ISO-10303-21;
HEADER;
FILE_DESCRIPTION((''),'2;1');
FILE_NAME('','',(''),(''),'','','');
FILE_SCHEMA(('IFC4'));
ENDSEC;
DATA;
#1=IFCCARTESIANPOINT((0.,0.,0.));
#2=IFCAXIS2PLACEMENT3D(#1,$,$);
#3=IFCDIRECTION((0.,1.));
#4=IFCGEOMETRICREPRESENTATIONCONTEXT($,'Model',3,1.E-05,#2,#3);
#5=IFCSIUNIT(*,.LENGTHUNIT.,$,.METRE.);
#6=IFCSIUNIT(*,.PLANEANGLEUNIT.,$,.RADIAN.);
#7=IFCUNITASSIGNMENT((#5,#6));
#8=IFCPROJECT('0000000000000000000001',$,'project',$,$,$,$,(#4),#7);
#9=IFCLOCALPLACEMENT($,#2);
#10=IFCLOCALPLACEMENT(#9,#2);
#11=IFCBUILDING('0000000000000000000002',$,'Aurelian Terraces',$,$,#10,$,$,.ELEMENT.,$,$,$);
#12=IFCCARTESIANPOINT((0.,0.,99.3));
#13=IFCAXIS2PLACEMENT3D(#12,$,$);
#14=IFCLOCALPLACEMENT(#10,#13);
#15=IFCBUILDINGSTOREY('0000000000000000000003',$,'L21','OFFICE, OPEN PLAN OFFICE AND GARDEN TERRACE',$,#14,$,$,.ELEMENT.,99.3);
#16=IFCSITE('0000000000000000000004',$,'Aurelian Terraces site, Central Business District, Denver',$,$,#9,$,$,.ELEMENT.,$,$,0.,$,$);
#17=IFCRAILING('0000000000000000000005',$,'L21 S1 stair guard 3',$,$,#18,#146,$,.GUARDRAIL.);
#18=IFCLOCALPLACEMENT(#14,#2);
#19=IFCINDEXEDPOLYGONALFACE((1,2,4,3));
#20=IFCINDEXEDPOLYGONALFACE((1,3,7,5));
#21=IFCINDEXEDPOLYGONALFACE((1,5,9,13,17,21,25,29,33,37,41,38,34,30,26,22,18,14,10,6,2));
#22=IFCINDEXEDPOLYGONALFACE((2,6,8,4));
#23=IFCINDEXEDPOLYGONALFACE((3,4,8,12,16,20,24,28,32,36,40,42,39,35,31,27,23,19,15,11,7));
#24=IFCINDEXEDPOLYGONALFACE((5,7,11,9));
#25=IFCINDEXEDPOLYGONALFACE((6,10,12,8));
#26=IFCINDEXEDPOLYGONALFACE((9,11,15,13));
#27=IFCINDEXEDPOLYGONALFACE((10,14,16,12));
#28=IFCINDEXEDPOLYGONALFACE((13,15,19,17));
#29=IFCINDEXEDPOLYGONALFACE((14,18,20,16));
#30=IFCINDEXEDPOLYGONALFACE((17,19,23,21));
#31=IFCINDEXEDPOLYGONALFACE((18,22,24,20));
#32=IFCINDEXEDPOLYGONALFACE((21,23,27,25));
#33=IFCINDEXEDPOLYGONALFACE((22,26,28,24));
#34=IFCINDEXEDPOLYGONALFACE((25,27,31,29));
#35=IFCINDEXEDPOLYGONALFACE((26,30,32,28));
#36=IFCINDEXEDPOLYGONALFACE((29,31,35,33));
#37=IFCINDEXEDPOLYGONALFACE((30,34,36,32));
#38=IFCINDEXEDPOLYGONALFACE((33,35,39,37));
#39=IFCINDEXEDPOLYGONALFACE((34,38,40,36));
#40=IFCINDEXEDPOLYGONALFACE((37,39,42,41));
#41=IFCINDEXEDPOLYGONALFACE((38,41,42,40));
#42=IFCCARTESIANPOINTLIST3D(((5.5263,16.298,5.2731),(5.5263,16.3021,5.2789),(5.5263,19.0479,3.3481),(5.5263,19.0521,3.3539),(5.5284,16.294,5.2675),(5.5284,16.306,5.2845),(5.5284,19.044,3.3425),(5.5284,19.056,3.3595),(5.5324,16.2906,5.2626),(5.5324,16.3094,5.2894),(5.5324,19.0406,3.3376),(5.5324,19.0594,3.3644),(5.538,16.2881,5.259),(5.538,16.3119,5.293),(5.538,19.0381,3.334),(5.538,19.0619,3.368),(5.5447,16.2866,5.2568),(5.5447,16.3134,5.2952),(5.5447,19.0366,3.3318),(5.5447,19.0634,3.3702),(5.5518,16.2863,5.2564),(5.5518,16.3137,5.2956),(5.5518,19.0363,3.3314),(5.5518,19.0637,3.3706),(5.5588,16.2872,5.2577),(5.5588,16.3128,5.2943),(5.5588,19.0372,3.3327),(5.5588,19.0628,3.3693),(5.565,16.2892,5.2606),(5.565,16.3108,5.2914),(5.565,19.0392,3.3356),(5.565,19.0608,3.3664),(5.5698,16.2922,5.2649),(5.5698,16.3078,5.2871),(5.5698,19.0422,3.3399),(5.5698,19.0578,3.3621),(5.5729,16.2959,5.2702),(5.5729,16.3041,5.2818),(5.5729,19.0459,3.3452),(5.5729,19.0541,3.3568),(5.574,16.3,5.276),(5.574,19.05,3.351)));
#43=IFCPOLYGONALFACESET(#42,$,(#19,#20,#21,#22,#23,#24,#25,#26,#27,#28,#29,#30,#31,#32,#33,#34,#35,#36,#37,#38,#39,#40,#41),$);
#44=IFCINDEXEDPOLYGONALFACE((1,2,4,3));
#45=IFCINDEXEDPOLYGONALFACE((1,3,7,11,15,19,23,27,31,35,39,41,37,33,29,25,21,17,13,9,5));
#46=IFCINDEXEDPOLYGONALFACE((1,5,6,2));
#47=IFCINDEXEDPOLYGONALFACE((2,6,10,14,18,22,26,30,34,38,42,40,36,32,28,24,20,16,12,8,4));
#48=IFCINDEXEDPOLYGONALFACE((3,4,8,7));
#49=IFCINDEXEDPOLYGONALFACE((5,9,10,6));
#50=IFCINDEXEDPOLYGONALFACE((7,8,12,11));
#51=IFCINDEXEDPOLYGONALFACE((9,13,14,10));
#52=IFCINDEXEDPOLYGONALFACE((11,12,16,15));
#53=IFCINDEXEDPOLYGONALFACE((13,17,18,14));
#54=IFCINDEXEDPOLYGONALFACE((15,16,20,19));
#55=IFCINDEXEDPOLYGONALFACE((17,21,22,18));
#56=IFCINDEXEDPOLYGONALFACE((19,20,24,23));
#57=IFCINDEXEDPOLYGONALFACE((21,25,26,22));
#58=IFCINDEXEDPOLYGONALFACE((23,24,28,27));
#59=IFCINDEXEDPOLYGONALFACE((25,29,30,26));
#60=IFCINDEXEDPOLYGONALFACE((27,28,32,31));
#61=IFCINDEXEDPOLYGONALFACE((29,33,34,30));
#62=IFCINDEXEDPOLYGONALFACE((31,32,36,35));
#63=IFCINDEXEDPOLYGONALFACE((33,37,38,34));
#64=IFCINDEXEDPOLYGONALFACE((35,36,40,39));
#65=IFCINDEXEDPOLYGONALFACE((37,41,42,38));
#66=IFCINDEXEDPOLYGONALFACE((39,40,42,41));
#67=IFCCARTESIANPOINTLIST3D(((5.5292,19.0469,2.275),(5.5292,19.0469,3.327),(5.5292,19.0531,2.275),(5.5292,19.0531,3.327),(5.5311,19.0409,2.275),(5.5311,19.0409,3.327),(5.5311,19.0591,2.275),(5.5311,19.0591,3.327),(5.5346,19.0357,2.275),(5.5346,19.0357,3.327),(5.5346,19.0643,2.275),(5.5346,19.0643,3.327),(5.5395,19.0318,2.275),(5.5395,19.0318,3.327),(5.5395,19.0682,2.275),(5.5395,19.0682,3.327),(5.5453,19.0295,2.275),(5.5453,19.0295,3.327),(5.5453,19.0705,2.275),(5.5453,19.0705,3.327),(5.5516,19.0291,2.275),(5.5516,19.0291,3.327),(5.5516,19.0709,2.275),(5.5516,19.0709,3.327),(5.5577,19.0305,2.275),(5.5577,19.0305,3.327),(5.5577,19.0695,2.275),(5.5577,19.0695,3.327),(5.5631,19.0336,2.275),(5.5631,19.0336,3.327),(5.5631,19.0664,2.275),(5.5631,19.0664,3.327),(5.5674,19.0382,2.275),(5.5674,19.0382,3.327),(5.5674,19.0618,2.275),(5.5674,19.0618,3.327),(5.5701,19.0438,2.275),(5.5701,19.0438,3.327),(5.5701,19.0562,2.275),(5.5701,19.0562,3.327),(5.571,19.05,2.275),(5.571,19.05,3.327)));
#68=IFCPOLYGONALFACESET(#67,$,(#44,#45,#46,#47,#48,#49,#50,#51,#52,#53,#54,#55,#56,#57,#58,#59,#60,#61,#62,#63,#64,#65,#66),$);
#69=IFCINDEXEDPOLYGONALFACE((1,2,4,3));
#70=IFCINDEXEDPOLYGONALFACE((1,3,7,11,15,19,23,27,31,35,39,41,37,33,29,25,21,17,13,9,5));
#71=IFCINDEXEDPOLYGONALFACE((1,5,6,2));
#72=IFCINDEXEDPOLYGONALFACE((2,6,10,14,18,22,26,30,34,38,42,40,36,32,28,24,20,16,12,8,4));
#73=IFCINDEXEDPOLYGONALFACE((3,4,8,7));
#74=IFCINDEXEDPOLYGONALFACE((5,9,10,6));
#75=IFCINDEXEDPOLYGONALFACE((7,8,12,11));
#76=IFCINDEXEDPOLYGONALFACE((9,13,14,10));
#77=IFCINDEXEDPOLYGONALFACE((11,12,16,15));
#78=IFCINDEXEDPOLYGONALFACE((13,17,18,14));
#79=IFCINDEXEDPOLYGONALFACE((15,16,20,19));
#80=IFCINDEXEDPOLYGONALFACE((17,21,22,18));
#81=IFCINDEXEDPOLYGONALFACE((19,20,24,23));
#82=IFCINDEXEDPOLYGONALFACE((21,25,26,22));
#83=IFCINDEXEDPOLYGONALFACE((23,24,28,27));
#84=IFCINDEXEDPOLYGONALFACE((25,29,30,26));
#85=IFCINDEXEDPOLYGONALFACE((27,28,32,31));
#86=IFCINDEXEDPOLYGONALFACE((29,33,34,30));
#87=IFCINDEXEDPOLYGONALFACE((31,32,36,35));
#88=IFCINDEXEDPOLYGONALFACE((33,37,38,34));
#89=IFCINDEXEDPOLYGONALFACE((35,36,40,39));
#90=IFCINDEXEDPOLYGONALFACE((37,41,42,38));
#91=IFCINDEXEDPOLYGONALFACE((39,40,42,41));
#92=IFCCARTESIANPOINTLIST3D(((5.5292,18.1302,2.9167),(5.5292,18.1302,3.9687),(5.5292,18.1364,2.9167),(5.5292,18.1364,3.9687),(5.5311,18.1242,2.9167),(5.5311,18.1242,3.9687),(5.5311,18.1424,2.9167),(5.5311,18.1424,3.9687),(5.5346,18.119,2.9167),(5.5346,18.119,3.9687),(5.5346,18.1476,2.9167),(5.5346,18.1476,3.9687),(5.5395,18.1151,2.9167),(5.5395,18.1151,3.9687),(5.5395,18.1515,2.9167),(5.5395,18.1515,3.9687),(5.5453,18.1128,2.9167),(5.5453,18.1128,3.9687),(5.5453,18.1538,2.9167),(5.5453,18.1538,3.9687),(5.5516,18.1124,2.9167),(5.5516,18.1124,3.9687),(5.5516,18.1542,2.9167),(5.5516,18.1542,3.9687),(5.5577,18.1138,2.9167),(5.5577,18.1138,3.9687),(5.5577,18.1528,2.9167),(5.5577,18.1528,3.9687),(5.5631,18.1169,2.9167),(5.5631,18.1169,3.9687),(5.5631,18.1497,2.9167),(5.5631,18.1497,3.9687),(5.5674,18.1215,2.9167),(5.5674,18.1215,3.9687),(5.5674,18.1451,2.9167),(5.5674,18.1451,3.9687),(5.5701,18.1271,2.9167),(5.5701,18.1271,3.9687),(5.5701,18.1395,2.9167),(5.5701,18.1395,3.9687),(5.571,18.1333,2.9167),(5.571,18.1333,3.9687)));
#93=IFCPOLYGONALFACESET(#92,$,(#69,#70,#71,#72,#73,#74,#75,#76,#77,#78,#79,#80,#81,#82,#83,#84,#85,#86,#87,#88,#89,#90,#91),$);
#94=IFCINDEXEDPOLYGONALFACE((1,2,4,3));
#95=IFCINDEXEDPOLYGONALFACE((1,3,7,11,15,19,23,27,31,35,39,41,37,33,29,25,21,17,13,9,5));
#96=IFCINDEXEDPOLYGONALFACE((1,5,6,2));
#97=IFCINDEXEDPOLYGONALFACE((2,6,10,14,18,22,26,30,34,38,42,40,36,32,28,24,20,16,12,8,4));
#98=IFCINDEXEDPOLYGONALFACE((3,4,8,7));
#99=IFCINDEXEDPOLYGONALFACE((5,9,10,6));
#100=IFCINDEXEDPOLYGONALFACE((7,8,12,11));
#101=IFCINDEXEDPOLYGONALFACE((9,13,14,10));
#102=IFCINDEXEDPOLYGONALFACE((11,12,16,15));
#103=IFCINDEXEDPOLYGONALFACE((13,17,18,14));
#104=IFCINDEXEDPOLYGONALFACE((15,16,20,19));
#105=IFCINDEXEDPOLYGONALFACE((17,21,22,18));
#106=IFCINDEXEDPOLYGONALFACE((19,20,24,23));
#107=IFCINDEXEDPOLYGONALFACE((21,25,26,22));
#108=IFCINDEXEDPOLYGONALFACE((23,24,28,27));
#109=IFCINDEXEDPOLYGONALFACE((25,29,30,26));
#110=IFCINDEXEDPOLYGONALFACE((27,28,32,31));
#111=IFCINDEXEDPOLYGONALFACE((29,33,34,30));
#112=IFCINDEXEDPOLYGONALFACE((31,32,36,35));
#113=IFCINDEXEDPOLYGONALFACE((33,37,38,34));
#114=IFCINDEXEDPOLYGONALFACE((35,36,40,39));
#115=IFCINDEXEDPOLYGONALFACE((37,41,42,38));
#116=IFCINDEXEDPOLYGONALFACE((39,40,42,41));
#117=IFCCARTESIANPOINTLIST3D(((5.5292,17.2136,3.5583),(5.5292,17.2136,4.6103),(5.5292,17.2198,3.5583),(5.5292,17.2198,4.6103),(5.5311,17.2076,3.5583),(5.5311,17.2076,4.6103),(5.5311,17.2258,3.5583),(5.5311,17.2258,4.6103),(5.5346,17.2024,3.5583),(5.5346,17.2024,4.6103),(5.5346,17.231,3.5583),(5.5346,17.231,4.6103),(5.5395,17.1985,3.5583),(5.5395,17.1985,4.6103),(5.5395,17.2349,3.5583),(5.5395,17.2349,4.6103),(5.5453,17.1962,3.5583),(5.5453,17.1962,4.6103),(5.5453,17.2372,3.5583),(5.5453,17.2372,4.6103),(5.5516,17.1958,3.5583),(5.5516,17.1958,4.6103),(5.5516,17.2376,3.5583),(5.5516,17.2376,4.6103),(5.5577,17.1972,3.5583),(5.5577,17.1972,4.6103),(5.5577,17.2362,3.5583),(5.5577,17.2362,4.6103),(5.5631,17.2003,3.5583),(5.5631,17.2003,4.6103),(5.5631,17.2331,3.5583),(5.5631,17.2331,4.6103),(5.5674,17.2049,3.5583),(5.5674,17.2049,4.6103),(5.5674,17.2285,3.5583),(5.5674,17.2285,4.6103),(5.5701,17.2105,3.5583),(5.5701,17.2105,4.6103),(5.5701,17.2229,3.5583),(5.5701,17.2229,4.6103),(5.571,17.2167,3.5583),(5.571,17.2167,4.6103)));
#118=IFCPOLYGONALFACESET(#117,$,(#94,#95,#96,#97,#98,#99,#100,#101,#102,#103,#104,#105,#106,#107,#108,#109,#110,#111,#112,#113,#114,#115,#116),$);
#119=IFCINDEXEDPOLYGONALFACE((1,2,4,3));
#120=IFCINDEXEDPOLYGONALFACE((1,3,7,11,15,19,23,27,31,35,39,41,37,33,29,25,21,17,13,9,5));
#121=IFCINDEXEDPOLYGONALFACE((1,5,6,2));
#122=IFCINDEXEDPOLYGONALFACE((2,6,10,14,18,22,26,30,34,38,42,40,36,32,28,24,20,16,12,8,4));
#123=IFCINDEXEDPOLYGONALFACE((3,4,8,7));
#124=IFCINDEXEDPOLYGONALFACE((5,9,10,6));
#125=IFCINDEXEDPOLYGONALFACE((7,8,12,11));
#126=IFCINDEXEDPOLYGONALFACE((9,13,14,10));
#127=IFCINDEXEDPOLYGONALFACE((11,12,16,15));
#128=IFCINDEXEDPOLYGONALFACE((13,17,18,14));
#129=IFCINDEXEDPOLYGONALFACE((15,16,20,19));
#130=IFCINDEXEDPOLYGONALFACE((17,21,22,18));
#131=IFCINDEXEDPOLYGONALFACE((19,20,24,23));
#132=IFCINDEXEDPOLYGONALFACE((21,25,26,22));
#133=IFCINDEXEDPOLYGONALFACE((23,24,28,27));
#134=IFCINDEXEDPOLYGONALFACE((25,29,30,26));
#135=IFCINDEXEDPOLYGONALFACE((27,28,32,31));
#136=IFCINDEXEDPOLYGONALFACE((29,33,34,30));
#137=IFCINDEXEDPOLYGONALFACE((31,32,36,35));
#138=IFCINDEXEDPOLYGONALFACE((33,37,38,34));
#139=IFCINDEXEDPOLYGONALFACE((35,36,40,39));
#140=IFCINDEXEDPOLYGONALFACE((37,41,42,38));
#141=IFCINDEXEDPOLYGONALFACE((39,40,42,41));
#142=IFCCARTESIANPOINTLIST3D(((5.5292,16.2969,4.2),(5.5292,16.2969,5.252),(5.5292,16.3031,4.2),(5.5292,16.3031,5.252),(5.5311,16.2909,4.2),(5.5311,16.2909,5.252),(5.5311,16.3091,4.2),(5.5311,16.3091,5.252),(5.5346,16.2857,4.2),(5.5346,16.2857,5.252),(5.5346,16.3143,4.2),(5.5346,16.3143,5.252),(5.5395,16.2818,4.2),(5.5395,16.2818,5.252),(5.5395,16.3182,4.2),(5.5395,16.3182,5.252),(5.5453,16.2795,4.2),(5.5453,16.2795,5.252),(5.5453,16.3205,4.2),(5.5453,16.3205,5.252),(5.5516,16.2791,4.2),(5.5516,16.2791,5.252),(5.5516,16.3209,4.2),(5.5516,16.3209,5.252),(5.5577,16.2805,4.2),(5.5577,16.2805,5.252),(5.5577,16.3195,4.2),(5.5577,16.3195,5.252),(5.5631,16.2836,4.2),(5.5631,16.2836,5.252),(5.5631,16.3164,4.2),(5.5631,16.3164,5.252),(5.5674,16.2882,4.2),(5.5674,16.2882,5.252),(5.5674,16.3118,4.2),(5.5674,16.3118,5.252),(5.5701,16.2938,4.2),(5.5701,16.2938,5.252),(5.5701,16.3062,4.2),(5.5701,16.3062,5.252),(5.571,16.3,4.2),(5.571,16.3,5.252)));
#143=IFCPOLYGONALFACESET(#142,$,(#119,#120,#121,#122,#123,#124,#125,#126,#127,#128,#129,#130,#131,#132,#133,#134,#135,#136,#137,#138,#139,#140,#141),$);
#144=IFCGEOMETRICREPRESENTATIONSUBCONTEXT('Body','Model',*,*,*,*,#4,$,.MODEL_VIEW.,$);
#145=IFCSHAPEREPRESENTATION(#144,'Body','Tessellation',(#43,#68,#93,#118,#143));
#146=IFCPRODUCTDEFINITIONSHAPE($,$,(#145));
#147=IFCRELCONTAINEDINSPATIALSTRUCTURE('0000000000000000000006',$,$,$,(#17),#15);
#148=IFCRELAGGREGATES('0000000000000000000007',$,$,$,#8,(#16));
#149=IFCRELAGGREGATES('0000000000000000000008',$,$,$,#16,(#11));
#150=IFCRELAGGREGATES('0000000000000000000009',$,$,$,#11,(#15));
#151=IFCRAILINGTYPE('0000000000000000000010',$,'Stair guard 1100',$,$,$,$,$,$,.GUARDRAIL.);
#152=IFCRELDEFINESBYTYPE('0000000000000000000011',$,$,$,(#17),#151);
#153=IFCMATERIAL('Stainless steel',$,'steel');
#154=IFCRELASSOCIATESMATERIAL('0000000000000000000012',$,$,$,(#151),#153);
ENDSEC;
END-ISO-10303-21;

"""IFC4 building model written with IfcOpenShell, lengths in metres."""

from ifc_helpers import new_model, si_unit, direction, frame, origin, origin_2d, place, context, subcontext, project, spatial, circle, extrude, source, transform, mapped, material, type_object, element, save


model = new_model("IFC4")

# Units and contexts
model_context = context("Model", 3, precision=1e-05, world=origin(), true_north=direction((0.0, 1.0)))
body_context = subcontext(model_context, "Body", "Model", "MODEL_VIEW")
ifc_project = project(units=[si_unit("LENGTHUNIT", "METRE"), si_unit("PLANEANGLEUNIT", "RADIAN")], contexts=[model_context])

# Site, building, storey
site_placement = place(None, origin())
site = spatial("IfcSite", under=ifc_project, at=site_placement, Name="Aurelian Terraces site, Central Business District, Denver", CompositionType="ELEMENT", RefElevation=0.0)
building_placement = place(site_placement, origin())
building = spatial("IfcBuilding", under=site, at=building_placement, Name="Aurelian Terraces", CompositionType="ELEMENT")
storey_placement = place(building_placement, frame((0.0, 0.0, 99.3)))
storey = spatial("IfcBuildingStorey", under=building, at=storey_placement, Name="L21", Description="OFFICE, OPEN PLAN OFFICE AND GARDEN TERRACE", CompositionType="ELEMENT", Elevation=99.3)

# Railing
ifc_material_1 = material(Name="Stainless steel", Category="steel")
railing_type_1 = type_object("IfcRailingType", Name="Stair guard 1100", PredefinedType="GUARDRAIL", material=ifc_material_1)
shared_shape_1 = source(origin(), body_context, "Body", "SweptSolid", [
    extrude(circle(Radius=0.024, at=origin_2d()), frame((0.0, 0.0, 1.076), z_axis=(0.0, -0.819232, 0.573462), x_axis=(1.0, 0.0, 0.0)), (0.0, 0.0, 1.0), 3.3568),
    extrude(circle(Radius=0.021, at=origin_2d()), origin(), (0.0, 0.0, 1.0), 1.052),
    extrude(circle(Radius=0.021, at=origin_2d()), frame((0.0, -0.9167, 0.6417)), (0.0, 0.0, 1.0), 1.052),
    extrude(circle(Radius=0.021, at=origin_2d()), frame((0.0, -1.8333, 1.2833)), (0.0, 0.0, 1.0), 1.052),
    extrude(circle(Radius=0.021, at=origin_2d()), frame((0.0, -2.75, 1.925)), (0.0, 0.0, 1.0), 1.052),
])
railing_1_placement = place(storey_placement, frame((5.55, 19.05, 2.275)))
element("IfcRailing", 1, at=railing_1_placement, inside=storey, type_object=railing_type_1, Name="L21 S1 stair guard 3", PredefinedType="GUARDRAIL", context=body_context, shape_type="MappedRepresentation", body=[
    mapped(shared_shape_1, transform((0.0, 0.0, 0.0), scale=1.0)),
])

save(model, "model.ifc")
